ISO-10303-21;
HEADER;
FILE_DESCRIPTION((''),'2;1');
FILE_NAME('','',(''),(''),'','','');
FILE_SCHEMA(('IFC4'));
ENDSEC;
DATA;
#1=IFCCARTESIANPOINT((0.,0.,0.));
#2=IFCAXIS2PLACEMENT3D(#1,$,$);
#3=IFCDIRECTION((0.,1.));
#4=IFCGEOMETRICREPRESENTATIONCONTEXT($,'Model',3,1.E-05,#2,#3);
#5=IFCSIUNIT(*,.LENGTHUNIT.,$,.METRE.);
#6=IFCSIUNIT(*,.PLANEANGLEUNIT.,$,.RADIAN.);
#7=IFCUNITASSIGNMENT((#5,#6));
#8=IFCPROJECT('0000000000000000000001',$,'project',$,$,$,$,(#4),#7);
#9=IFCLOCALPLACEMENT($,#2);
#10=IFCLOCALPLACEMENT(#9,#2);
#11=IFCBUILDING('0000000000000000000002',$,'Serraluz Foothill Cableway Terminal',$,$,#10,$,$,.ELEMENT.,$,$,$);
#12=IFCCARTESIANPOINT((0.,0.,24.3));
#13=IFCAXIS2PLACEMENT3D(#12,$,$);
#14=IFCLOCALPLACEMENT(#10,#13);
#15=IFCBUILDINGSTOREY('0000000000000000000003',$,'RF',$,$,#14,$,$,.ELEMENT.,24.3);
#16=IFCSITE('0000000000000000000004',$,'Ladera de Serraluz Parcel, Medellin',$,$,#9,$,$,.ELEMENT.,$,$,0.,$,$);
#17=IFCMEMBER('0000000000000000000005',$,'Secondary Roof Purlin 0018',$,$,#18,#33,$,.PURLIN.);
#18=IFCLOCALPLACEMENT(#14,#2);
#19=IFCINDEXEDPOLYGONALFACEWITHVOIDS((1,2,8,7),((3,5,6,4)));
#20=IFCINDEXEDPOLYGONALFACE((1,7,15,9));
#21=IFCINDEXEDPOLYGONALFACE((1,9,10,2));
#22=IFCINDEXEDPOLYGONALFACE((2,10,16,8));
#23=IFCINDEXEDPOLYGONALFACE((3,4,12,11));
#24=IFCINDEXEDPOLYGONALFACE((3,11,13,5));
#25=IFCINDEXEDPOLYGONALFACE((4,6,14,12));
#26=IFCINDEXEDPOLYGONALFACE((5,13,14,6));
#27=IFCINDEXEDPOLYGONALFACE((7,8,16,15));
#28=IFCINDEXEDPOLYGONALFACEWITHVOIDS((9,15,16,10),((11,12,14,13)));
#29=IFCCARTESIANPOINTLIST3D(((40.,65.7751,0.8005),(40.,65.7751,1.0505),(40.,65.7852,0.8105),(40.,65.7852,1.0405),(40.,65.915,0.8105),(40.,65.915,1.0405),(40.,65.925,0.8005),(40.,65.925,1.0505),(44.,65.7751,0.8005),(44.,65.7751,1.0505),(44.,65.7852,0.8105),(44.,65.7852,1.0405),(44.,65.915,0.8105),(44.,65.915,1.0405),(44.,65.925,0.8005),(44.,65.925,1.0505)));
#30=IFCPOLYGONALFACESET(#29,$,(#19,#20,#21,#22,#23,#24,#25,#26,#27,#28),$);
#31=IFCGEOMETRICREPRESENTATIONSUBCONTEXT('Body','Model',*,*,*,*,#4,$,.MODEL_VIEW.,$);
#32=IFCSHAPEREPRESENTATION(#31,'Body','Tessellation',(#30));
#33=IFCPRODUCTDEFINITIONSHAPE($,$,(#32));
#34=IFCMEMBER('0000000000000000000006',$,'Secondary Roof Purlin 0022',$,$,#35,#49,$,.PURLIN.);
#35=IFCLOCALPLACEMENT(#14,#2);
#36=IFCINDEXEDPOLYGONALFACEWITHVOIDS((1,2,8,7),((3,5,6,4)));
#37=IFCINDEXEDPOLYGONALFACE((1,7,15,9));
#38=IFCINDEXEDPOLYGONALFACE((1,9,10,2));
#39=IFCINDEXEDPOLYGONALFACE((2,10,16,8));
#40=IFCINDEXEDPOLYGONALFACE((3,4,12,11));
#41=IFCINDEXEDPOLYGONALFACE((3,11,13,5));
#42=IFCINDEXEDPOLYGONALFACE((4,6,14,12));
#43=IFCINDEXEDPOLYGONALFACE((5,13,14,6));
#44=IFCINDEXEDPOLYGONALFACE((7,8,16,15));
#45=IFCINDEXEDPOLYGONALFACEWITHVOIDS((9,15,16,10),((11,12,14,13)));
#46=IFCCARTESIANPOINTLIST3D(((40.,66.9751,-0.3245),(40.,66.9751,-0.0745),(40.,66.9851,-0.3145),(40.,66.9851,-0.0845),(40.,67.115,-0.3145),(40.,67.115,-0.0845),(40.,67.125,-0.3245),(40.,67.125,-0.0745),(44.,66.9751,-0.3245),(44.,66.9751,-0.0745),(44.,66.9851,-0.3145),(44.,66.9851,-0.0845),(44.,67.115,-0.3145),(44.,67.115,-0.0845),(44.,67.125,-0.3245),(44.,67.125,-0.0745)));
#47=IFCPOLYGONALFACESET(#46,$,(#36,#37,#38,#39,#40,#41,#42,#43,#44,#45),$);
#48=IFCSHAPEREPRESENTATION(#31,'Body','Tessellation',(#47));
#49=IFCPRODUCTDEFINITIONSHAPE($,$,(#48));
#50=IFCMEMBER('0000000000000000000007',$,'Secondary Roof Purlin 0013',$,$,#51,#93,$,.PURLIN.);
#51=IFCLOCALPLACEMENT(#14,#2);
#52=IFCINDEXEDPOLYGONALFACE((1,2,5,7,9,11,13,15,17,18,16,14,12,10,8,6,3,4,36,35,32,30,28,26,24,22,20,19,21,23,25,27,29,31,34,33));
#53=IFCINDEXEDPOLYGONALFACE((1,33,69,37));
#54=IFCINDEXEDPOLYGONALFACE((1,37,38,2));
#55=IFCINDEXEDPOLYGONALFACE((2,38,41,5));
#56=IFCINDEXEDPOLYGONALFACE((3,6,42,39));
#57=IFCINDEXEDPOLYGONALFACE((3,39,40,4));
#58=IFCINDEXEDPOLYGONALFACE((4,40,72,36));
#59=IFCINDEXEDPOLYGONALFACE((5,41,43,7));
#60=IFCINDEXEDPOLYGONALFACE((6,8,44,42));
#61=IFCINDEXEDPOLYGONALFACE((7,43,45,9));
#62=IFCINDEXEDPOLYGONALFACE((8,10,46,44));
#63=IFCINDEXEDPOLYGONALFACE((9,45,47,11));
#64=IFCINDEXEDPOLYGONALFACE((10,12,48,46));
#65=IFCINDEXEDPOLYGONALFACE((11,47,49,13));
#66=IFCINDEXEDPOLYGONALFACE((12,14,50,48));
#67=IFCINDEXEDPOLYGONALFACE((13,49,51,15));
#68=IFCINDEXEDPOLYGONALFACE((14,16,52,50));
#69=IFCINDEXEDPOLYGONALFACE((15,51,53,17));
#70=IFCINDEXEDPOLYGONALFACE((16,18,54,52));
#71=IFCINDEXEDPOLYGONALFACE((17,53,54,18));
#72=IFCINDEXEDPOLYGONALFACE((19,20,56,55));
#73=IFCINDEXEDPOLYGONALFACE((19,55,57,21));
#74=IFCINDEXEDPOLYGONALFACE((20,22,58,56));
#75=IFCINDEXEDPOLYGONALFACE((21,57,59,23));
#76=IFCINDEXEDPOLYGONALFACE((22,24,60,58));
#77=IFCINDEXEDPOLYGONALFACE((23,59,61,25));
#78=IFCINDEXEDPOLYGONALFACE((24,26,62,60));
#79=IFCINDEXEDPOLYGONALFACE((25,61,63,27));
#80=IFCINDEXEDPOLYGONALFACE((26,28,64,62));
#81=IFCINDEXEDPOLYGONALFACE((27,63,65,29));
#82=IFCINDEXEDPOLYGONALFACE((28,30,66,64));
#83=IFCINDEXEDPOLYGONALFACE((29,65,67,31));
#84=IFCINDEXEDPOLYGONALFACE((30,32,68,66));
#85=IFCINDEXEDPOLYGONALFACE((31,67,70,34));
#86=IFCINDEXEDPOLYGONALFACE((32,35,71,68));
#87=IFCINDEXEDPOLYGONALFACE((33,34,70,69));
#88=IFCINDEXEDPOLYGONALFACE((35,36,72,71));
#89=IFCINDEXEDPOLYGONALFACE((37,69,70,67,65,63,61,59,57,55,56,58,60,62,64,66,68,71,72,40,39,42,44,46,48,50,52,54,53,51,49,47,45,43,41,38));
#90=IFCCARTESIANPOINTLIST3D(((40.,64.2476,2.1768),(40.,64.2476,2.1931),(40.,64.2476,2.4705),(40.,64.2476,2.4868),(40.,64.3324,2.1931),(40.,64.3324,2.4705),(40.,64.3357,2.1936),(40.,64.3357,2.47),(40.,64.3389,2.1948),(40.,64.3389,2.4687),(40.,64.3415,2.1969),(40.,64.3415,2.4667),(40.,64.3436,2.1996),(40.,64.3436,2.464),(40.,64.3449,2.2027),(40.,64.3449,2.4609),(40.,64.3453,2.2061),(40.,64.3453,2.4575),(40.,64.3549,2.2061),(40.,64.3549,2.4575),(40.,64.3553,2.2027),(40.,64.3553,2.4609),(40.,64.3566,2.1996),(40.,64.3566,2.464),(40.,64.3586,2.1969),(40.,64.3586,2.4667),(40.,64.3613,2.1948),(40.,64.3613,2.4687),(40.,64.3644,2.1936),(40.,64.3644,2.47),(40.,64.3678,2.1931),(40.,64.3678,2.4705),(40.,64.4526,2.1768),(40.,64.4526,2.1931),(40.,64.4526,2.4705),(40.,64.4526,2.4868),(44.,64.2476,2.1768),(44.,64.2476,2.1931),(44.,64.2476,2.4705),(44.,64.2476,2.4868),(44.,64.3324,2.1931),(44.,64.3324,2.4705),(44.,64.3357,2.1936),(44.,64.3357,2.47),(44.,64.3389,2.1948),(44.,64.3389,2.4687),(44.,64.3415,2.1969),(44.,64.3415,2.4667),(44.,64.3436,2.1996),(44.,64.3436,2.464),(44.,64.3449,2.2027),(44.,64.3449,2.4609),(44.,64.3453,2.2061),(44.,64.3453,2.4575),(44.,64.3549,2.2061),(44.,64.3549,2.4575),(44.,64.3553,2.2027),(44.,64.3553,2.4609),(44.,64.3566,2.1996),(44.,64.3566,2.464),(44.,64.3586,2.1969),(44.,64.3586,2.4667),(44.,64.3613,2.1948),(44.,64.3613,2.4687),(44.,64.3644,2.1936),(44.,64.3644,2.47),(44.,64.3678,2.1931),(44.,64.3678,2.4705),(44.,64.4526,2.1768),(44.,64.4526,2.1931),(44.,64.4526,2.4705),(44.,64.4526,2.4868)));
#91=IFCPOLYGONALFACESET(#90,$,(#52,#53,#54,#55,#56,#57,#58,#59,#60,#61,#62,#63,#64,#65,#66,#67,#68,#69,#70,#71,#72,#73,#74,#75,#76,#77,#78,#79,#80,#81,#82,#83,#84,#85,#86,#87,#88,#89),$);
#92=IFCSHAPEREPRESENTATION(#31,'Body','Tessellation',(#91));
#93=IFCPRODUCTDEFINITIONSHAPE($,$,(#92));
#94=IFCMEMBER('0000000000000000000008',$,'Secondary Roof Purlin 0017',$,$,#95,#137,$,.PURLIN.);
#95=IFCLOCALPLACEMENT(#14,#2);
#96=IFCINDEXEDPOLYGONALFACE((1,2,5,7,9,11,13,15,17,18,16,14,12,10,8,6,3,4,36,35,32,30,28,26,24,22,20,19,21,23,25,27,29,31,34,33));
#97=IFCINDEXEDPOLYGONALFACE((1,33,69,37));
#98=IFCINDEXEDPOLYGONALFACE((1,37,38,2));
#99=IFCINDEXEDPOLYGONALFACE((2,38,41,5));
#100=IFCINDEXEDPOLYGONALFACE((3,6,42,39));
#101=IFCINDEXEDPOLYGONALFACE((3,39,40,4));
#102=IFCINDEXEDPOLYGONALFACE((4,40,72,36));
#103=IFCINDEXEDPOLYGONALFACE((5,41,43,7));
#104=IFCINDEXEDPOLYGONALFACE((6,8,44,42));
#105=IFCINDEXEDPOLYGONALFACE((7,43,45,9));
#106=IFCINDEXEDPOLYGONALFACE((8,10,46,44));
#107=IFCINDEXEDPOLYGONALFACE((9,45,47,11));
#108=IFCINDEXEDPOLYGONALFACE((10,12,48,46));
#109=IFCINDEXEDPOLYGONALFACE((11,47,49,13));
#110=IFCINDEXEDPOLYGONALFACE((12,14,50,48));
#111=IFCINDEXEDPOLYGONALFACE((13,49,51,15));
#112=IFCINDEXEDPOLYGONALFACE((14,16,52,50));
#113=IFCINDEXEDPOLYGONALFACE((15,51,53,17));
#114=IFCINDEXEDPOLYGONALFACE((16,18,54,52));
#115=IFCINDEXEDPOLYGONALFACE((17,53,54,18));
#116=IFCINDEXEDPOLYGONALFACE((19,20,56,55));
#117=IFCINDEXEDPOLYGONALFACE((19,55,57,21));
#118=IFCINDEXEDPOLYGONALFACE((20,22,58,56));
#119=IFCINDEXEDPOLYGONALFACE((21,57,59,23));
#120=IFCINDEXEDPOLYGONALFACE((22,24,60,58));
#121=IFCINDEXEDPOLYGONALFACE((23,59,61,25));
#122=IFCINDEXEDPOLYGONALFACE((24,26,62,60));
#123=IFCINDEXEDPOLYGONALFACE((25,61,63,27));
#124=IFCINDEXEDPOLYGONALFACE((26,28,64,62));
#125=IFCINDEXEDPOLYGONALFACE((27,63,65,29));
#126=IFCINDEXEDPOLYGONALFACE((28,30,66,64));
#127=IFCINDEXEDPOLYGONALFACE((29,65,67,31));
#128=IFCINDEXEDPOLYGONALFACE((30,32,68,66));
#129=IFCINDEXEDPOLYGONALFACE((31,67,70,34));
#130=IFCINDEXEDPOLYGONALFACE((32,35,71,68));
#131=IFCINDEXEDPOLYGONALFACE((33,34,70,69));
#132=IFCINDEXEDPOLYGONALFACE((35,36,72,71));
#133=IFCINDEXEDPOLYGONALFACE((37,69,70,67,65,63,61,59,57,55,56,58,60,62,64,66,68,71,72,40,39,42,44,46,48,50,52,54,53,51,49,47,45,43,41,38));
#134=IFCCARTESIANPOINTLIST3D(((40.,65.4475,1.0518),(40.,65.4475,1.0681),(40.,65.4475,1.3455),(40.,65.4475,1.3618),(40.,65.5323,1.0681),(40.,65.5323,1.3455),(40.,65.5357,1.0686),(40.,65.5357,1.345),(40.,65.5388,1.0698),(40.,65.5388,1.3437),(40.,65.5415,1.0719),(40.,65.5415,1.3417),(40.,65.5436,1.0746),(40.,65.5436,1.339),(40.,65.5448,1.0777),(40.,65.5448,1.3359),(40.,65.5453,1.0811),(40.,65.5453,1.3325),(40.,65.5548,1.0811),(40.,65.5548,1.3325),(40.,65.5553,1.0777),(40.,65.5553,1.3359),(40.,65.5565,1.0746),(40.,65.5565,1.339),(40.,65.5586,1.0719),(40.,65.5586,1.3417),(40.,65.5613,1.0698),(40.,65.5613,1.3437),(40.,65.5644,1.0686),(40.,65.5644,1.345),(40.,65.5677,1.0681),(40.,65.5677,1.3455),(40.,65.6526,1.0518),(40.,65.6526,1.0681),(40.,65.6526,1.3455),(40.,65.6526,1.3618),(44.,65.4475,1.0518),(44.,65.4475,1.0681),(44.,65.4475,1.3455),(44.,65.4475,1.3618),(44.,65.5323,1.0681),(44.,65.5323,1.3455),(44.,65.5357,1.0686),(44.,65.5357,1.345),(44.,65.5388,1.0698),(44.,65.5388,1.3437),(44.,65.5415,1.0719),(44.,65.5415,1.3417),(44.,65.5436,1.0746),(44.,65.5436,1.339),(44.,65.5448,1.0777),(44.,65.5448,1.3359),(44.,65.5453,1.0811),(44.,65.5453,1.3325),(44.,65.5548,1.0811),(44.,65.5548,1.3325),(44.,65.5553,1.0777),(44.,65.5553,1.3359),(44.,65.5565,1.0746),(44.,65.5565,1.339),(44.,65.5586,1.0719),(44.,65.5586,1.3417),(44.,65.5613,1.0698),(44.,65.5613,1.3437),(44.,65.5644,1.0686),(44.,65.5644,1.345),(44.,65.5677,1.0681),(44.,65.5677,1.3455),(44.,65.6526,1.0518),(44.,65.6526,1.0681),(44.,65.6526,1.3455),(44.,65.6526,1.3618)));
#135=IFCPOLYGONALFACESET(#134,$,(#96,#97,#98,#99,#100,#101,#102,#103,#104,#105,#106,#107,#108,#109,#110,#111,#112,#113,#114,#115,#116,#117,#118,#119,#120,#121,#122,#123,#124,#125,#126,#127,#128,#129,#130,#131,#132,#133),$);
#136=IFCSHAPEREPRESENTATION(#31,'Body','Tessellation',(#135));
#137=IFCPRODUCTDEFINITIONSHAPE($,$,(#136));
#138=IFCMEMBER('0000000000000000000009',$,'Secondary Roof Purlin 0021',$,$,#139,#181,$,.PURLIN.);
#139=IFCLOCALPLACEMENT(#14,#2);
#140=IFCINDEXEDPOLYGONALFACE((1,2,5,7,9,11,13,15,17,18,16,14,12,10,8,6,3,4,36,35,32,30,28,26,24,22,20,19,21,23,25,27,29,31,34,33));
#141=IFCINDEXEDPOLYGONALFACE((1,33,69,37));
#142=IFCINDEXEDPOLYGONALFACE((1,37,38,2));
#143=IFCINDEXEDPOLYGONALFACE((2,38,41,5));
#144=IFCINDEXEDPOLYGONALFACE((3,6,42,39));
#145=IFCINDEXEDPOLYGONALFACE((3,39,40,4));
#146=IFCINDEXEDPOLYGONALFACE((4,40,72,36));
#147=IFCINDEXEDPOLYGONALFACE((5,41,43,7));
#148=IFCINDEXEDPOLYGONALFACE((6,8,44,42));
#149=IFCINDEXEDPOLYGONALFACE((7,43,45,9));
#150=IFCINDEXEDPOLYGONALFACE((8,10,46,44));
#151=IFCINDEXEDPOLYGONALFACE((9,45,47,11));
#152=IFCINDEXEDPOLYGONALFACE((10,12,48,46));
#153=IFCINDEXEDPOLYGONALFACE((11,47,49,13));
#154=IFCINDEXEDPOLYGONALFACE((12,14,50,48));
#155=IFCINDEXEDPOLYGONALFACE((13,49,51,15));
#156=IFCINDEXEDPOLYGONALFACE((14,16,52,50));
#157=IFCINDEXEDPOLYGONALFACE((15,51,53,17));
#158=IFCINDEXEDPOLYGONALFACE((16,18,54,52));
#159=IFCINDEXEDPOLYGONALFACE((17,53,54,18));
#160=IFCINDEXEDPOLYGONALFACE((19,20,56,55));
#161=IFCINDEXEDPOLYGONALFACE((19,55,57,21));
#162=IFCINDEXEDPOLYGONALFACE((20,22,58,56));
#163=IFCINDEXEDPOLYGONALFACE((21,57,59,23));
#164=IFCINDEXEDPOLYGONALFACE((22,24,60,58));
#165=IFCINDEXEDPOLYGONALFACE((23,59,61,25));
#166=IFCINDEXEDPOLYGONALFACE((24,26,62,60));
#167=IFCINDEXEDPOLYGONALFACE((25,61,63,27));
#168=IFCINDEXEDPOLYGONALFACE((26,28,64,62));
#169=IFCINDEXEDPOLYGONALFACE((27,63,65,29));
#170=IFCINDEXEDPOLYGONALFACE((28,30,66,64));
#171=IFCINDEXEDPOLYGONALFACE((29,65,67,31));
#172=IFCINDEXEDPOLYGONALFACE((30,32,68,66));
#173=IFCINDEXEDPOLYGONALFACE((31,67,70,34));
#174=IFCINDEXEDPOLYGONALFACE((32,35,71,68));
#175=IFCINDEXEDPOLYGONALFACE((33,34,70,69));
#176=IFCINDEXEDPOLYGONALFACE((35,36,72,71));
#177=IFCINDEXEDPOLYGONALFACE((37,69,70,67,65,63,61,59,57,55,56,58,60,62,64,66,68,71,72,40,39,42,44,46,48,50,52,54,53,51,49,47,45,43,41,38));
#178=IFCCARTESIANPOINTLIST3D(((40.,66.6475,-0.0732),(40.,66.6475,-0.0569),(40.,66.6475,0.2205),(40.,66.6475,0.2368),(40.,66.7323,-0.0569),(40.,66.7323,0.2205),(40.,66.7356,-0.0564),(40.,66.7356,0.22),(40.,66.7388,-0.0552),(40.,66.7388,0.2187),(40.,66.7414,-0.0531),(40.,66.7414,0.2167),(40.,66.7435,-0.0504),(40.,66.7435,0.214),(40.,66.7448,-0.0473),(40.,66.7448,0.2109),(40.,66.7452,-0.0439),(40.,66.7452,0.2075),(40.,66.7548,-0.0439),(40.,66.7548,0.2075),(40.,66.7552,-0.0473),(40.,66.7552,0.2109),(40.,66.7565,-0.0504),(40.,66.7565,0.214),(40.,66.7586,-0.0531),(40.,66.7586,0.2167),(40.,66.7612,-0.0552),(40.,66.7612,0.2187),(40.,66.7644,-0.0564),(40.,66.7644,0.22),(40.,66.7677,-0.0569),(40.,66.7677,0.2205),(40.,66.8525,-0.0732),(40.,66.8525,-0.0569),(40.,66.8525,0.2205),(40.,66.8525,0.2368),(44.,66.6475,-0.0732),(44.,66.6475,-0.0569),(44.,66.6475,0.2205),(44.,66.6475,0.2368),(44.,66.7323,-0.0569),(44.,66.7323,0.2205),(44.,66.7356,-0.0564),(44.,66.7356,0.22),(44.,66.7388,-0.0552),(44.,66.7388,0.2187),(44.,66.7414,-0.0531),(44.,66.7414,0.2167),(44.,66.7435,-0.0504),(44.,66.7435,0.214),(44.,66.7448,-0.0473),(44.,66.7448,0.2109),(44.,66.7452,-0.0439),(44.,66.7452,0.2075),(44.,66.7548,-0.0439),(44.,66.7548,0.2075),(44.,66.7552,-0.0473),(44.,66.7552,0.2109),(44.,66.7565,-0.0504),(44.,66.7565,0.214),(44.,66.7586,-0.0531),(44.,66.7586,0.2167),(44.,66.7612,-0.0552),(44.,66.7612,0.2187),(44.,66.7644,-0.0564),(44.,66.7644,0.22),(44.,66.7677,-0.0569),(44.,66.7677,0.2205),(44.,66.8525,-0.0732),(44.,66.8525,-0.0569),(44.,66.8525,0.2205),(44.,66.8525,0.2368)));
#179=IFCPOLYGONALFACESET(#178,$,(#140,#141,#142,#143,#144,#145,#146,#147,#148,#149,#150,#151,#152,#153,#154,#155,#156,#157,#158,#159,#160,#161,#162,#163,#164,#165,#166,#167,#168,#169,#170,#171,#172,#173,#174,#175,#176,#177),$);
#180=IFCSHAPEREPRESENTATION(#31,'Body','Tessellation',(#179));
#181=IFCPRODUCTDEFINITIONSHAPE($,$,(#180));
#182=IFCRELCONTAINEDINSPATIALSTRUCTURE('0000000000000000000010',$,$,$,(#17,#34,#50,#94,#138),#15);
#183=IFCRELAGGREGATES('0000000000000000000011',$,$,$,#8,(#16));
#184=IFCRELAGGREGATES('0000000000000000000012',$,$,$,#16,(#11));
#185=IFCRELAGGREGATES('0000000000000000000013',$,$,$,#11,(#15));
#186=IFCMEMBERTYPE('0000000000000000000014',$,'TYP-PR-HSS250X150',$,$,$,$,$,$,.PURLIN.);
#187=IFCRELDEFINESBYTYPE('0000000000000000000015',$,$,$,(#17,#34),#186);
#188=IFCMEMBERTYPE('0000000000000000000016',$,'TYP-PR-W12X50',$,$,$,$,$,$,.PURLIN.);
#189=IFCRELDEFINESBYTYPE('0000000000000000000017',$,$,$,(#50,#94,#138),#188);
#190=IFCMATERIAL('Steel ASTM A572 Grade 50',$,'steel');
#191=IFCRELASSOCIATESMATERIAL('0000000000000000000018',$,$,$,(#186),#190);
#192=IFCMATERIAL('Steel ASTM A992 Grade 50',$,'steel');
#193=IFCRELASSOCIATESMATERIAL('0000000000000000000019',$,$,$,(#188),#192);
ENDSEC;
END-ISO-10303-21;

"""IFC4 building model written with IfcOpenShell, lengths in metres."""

from ifc_helpers import new_model, si_unit, direction, frame, origin, origin_2d, place, context, subcontext, project, spatial, hollow_rectangle, i_section, extrude, material, material_profile, profile_set, type_object, element, save


model = new_model("IFC4")

# Units and contexts
model_context = context("Model", 3, precision=1e-05, world=origin(), true_north=direction((0.0, 1.0)))
body_context = subcontext(model_context, "Body", "Model", "MODEL_VIEW")
ifc_project = project(units=[si_unit("LENGTHUNIT", "METRE"), si_unit("PLANEANGLEUNIT", "RADIAN")], contexts=[model_context])

# Site, building, storey
site_placement = place(None, origin())
site = spatial("IfcSite", under=ifc_project, at=site_placement, Name="Ladera de Serraluz Parcel, Medellin", CompositionType="ELEMENT", RefElevation=0.0)
building_placement = place(site_placement, origin())
building = spatial("IfcBuilding", under=site, at=building_placement, Name="Serraluz Foothill Cableway Terminal", CompositionType="ELEMENT")
storey_placement = place(building_placement, frame((0.0, 0.0, 24.3)))
storey = spatial("IfcBuildingStorey", under=building, at=storey_placement, Name="RF", CompositionType="ELEMENT", Elevation=24.3)

# Members
ifc_material_1 = material(Name="Steel ASTM A572 Grade 50", Category="steel")
ifc_material_profile_1 = material_profile(ifc_material_1, hollow_rectangle(XDim=0.1499, YDim=0.25, WallThickness=0.01, at=origin_2d()), Name="HSS250X150X10")
ifc_profile_set_1 = profile_set([ifc_material_profile_1], Name="Steel ASTM A572 Grade 50")
member_type_1 = type_object("IfcMemberType", Name="TYP-PR-HSS250X150", PredefinedType="PURLIN", material=ifc_profile_set_1)
for number, where, z_axis, x_axis, name in (
    (1, (40.0, 65.8501, 0.9255), (1.0, 0.0, 0.0), (0.0, 1.0, 0.0), "Secondary Roof Purlin 0018"),
    (2, (40.0, 67.05, -0.1995), (1.0, 0.0, 0.0), (0.0, 1.0, 0.0), "Secondary Roof Purlin 0022"),
):
    element("IfcMember", number, at=place(storey_placement, frame(where, z_axis=z_axis, x_axis=x_axis)), inside=storey, type_object=member_type_1, Name=name, PredefinedType="PURLIN", context=body_context, shape_type="SweptSolid", body=[
        extrude(hollow_rectangle(XDim=0.1499, YDim=0.25, WallThickness=0.01, at=origin_2d()), origin(), (0.0, 0.0, 1.0), 4.0),
    ])
ifc_material_2 = material(Name="Steel ASTM A992 Grade 50", Category="steel")
ifc_material_profile_2 = material_profile(ifc_material_2, i_section(OverallWidth=0.2051, OverallDepth=0.3101, WebThickness=0.0095, FlangeThickness=0.0164, FilletRadius=0.0129, at=origin_2d()), Name="W12X50")
ifc_profile_set_2 = profile_set([ifc_material_profile_2], Name="Steel ASTM A992 Grade 50")
member_type_2 = type_object("IfcMemberType", Name="TYP-PR-W12X50", PredefinedType="PURLIN", material=ifc_profile_set_2)
for number, where, z_axis, x_axis, name in (
    (3, (40.0, 64.3501, 2.3318), (1.0, 0.0, 0.0), (0.0, 1.0, 0.0), "Secondary Roof Purlin 0013"),
    (4, (40.0, 65.55, 1.2068), (1.0, 0.0, 0.0), (0.0, 1.0, 0.0), "Secondary Roof Purlin 0017"),
    (5, (40.0, 66.75, 0.0818), (1.0, 0.0, 0.0), (0.0, 1.0, 0.0), "Secondary Roof Purlin 0021"),
):
    element("IfcMember", number, at=place(storey_placement, frame(where, z_axis=z_axis, x_axis=x_axis)), inside=storey, type_object=member_type_2, Name=name, PredefinedType="PURLIN", context=body_context, shape_type="SweptSolid", body=[
        extrude(i_section(OverallWidth=0.2051, OverallDepth=0.3101, WebThickness=0.0095, FlangeThickness=0.0164, FilletRadius=0.0129, at=origin_2d()), origin(), (0.0, 0.0, 1.0), 4.0),
    ])

save(model, "model.ifc")
